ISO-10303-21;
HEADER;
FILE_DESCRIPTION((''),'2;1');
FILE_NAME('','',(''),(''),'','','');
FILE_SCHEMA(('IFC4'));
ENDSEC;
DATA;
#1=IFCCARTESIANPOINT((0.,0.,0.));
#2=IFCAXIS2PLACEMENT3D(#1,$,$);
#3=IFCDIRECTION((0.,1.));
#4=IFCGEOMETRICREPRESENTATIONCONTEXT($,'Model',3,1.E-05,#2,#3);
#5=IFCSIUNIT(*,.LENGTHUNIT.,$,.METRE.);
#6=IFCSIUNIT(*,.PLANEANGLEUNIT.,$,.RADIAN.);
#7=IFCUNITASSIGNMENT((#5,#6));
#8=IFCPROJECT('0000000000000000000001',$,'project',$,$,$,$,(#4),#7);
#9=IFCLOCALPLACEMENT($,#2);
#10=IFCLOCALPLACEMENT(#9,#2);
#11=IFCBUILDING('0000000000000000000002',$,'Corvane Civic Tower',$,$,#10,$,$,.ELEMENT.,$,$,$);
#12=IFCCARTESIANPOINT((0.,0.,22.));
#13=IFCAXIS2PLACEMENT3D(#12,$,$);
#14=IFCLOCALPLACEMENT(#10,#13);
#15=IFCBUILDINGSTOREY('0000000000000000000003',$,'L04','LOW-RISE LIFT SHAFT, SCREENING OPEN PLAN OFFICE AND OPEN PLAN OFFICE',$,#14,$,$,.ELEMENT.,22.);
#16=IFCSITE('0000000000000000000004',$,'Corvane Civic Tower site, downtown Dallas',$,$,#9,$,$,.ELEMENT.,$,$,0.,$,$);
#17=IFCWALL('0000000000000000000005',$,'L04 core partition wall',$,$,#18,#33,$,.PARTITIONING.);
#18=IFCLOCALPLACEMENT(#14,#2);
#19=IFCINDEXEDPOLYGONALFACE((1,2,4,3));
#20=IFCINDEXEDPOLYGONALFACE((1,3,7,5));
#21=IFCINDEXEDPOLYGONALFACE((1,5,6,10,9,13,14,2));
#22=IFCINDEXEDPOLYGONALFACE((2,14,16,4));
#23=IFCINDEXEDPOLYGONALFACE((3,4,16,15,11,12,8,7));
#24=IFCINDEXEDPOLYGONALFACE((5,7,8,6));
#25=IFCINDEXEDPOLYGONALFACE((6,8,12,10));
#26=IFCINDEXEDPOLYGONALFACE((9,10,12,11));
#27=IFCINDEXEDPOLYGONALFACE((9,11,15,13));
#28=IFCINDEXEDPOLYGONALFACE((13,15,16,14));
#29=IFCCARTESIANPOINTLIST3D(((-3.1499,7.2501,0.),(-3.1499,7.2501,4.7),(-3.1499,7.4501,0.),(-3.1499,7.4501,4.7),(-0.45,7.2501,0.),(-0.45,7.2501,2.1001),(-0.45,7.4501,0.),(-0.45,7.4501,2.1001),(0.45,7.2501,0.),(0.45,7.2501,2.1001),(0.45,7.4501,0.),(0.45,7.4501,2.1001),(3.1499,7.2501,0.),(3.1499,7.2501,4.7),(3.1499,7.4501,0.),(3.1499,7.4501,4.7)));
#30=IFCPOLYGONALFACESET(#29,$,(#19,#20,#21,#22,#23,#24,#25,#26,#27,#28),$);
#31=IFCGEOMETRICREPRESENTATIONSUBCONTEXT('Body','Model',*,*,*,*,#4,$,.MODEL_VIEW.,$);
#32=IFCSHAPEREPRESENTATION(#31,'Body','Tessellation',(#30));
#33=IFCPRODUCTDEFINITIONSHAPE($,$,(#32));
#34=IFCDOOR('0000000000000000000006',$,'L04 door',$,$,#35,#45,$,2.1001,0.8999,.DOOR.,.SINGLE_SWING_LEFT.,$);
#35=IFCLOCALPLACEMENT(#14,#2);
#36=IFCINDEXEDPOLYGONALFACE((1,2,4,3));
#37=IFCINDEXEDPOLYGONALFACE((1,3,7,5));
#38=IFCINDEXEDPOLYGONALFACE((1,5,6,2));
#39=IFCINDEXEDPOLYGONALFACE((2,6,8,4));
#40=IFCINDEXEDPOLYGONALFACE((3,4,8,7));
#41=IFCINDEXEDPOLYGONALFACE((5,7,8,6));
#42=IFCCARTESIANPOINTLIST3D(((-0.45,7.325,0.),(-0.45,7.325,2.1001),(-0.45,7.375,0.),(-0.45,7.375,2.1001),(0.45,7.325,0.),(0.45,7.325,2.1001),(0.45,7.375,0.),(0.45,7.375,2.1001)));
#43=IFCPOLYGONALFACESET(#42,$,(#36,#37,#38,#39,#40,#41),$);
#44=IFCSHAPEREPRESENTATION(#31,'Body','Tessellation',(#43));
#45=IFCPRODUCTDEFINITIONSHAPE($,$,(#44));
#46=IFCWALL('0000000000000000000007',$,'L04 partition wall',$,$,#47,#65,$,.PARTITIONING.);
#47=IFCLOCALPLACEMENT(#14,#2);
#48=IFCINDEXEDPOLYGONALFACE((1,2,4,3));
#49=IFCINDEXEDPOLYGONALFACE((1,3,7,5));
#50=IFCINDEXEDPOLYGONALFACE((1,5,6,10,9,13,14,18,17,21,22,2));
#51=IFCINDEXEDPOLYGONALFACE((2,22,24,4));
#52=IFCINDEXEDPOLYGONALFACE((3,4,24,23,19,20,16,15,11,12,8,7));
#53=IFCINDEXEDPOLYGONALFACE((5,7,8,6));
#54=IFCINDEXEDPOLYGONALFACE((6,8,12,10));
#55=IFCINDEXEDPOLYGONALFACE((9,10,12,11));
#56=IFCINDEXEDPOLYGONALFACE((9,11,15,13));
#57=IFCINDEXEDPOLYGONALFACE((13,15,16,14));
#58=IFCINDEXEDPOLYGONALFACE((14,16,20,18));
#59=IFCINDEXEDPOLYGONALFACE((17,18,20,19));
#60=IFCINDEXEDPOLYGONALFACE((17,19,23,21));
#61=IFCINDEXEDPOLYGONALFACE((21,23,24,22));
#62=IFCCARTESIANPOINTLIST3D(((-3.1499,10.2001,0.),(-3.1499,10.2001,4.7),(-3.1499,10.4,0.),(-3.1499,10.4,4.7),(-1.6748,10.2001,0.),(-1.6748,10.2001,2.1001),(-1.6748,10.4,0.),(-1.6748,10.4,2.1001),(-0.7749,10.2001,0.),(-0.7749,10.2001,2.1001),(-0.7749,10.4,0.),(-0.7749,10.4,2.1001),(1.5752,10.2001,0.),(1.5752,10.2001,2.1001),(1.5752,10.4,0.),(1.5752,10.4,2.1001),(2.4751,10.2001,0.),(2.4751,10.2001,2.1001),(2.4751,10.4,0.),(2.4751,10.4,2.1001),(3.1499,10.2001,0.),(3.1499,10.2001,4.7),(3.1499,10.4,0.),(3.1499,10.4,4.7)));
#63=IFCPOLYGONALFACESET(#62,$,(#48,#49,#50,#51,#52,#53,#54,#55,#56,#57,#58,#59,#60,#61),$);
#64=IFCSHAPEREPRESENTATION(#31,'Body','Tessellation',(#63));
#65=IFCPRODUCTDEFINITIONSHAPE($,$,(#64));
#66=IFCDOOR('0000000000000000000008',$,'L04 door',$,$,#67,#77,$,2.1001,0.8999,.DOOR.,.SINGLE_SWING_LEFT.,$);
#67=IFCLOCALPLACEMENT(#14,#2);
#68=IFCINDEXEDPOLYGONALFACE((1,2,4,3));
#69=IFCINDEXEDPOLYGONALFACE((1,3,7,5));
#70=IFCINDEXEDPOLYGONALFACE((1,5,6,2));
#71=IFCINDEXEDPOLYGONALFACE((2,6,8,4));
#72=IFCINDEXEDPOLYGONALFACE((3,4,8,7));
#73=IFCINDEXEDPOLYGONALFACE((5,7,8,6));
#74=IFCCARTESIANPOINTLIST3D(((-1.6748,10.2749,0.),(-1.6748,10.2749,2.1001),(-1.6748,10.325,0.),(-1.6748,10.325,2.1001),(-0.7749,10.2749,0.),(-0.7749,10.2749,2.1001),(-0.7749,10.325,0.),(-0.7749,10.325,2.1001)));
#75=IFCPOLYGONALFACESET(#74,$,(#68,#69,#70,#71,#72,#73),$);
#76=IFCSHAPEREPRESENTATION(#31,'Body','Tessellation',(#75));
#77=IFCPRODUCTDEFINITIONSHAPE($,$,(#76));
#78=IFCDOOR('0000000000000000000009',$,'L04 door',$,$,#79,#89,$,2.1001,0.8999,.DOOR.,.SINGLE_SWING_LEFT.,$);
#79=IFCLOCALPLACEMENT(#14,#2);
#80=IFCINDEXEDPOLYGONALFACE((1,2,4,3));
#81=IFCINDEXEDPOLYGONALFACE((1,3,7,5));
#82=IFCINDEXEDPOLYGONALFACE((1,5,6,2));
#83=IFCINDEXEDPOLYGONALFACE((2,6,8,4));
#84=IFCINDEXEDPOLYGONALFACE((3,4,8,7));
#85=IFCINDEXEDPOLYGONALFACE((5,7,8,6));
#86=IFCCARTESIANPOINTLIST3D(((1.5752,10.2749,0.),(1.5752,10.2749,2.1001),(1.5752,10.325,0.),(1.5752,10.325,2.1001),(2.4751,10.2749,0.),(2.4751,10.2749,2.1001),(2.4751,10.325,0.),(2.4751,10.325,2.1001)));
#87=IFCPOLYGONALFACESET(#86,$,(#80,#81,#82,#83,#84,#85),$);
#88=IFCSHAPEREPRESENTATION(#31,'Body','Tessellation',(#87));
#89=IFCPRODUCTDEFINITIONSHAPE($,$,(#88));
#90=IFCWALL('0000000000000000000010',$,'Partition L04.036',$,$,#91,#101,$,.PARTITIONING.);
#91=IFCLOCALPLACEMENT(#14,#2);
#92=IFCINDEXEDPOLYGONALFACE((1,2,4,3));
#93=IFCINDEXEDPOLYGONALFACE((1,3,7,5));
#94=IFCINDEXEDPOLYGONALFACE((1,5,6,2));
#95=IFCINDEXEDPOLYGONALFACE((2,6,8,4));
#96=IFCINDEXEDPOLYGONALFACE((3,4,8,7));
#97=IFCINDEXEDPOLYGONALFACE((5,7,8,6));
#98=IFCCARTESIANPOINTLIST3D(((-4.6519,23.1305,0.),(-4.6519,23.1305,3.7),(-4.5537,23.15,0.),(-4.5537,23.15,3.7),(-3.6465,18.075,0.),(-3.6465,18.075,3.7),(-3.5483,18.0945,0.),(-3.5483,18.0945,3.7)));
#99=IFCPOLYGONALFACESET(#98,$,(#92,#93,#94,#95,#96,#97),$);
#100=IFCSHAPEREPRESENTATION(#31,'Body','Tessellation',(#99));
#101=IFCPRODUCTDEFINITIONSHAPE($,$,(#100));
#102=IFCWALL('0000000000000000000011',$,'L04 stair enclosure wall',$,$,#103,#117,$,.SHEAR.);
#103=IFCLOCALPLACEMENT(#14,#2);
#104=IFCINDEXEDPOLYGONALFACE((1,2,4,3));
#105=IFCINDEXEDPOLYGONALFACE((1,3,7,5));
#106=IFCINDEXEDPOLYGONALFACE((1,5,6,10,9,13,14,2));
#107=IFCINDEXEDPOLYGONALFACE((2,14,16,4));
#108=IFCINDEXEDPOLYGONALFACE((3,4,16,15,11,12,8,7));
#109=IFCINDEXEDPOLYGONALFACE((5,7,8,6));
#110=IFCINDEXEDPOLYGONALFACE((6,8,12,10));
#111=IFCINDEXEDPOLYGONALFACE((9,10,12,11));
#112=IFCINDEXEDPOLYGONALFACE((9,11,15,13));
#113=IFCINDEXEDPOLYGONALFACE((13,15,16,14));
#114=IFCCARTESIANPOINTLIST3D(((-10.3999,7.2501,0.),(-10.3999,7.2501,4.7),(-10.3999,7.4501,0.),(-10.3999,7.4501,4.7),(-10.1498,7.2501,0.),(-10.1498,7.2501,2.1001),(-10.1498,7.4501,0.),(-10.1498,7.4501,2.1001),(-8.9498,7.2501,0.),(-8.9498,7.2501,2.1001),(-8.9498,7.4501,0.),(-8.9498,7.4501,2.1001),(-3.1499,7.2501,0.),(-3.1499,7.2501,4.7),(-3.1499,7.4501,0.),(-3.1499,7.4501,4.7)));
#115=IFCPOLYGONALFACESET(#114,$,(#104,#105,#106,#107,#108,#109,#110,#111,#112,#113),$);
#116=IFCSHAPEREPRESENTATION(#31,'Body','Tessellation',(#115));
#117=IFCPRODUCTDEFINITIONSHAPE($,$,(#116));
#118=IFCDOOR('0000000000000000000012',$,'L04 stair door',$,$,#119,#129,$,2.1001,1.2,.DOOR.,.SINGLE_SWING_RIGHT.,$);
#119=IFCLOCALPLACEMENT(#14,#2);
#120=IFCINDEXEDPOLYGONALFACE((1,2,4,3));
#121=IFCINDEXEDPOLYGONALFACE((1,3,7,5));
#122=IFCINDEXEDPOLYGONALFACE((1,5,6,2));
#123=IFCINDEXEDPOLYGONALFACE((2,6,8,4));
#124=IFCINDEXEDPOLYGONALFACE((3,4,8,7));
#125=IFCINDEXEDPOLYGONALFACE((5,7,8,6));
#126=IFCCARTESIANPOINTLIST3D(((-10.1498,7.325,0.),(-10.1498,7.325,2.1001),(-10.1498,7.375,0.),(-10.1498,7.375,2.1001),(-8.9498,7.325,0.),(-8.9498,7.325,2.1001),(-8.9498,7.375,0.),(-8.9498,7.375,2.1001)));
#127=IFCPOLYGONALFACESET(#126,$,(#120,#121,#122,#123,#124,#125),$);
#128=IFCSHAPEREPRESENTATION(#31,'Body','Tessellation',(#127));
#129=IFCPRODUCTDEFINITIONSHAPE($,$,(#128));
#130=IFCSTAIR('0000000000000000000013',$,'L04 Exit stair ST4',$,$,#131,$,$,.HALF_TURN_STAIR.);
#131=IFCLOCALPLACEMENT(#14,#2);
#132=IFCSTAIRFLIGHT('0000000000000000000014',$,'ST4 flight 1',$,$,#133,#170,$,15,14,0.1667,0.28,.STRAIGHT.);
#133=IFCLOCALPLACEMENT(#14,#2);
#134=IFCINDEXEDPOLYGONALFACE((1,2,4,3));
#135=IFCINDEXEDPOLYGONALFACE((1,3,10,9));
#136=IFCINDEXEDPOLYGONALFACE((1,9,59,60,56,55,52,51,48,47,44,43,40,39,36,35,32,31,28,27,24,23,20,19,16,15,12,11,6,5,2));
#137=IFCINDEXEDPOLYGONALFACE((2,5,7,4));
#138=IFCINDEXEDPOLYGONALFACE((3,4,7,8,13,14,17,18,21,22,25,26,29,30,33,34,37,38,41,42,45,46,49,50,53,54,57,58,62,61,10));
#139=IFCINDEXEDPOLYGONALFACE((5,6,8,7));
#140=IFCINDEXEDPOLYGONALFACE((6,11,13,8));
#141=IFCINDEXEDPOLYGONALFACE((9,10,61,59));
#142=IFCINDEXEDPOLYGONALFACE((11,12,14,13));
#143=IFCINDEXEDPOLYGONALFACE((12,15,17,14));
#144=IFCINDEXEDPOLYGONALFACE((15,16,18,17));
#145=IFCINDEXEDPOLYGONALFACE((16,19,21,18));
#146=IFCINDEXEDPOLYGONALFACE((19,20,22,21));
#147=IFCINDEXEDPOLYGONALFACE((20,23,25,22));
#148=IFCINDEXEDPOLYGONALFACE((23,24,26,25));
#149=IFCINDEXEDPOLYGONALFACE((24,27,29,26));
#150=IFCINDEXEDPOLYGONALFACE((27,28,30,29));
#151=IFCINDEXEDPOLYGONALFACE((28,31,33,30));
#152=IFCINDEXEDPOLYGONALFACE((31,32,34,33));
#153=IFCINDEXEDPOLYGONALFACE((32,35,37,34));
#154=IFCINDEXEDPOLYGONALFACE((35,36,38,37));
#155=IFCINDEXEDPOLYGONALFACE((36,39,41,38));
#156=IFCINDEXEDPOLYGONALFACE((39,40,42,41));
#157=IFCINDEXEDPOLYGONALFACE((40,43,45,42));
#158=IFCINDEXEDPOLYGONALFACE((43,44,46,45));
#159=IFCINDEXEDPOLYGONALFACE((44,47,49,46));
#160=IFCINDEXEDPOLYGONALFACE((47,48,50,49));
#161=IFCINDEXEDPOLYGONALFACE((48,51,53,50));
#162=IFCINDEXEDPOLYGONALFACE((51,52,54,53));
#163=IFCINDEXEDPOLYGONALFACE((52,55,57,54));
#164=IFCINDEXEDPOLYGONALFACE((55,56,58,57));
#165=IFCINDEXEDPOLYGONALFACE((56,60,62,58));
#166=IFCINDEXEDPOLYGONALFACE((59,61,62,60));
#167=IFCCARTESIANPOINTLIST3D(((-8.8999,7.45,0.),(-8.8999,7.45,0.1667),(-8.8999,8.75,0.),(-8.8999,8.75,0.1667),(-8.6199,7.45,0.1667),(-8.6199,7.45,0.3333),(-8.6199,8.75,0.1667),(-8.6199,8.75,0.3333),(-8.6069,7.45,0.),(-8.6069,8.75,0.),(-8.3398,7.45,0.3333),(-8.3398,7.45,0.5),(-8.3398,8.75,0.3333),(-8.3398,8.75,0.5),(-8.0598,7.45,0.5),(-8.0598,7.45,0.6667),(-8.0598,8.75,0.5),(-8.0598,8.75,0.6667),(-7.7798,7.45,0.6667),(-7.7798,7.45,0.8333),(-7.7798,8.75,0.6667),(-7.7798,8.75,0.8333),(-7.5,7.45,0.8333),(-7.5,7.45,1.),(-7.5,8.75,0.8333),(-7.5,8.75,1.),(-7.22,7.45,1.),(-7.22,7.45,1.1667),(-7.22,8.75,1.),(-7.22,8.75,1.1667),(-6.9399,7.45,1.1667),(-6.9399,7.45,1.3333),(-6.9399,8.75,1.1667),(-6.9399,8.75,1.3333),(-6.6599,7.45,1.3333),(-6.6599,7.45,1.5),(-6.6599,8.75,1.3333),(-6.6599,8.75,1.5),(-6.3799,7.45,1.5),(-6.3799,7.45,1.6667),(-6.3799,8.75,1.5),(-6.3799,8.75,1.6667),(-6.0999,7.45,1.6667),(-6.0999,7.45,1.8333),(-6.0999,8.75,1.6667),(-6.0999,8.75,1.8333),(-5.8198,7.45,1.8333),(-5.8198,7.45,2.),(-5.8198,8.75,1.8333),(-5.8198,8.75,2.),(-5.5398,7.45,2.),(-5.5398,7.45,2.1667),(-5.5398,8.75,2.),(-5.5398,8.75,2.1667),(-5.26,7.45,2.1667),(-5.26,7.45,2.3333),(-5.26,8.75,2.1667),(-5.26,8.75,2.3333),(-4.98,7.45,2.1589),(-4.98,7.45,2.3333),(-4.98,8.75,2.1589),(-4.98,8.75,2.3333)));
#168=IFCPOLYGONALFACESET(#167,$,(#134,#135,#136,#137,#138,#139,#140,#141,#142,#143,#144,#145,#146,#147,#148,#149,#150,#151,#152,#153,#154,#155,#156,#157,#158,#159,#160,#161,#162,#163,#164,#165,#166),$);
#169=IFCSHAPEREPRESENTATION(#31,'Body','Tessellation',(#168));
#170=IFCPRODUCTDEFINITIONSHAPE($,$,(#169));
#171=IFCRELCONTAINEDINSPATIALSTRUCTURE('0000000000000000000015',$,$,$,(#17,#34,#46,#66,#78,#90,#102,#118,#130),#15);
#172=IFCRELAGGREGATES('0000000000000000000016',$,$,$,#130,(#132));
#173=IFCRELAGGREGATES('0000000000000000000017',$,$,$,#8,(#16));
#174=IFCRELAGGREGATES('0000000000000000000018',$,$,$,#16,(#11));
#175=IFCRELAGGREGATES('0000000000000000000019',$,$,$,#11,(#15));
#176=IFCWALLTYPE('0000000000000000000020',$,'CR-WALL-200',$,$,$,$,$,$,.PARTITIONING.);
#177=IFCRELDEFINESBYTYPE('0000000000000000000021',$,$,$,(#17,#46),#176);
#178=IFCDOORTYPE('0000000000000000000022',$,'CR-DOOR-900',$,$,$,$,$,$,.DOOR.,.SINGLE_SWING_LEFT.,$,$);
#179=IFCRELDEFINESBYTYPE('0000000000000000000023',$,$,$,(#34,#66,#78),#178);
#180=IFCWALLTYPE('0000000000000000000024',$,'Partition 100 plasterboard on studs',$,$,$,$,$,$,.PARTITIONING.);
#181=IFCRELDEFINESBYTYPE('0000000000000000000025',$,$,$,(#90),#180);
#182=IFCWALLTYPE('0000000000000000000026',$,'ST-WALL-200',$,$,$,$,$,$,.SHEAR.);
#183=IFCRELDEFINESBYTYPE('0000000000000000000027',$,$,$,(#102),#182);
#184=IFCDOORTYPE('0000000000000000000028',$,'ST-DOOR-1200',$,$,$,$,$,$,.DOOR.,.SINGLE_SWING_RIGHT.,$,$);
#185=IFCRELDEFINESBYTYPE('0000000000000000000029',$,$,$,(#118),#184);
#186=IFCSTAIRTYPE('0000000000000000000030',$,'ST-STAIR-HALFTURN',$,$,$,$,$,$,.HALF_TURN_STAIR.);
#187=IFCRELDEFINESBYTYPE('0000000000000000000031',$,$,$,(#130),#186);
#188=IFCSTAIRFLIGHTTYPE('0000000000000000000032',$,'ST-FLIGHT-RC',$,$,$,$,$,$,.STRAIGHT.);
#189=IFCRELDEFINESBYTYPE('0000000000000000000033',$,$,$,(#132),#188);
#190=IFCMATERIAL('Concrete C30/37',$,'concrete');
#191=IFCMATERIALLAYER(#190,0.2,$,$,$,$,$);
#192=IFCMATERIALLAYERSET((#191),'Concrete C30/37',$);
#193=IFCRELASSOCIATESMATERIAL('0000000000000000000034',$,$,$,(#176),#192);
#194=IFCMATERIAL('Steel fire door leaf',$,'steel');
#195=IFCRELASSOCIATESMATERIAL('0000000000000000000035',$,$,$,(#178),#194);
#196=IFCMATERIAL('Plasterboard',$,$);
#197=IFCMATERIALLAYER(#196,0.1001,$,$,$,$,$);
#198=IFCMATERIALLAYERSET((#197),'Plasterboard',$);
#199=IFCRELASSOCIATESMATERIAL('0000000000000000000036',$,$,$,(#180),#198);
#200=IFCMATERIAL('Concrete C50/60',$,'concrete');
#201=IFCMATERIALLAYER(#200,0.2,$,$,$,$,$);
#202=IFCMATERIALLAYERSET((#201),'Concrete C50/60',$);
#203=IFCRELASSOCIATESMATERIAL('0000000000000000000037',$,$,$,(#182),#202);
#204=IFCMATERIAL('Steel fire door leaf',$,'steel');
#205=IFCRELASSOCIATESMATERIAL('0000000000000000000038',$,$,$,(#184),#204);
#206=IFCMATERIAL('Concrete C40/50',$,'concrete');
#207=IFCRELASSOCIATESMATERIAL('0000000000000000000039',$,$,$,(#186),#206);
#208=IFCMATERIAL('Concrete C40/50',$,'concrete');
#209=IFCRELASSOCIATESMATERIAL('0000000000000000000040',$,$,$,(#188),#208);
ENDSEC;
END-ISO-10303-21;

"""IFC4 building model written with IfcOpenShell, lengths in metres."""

from ifc_helpers import new_model, si_unit, direction, frame, frame_2d, origin, place, context, subcontext, project, spatial, polyline, rectangle, outline, extrude, material, layer, layer_set, type_object, element, fill, aggregate, save


model = new_model("IFC4")

# Units and contexts
model_context = context("Model", 3, precision=1e-05, world=origin(), true_north=direction((0.0, 1.0)))
body_context = subcontext(model_context, "Body", "Model", "MODEL_VIEW")
ifc_project = project(units=[si_unit("LENGTHUNIT", "METRE"), si_unit("PLANEANGLEUNIT", "RADIAN")], contexts=[model_context])

# Site, building, storey
site_placement = place(None, origin())
site = spatial("IfcSite", under=ifc_project, at=site_placement, Name="Corvane Civic Tower site, downtown Dallas", CompositionType="ELEMENT", RefElevation=0.0)
building_placement = place(site_placement, origin())
building = spatial("IfcBuilding", under=site, at=building_placement, Name="Corvane Civic Tower", CompositionType="ELEMENT")
storey_placement = place(building_placement, frame((0.0, 0.0, 22.0)))
storey = spatial("IfcBuildingStorey", under=building, at=storey_placement, Name="L04", Description="LOW-RISE LIFT SHAFT, SCREENING OPEN PLAN OFFICE AND OPEN PLAN OFFICE", CompositionType="ELEMENT", Elevation=22.0)

# Shared definitions
ifc_material_1 = material(Name="Concrete C30/37", Category="concrete")
ifc_layer_1 = layer(ifc_material_1, 0.2)
ifc_layer_set_1 = layer_set([ifc_layer_1], Name="Concrete C30/37")
wall_type_1 = type_object("IfcWallType", Name="CR-WALL-200", PredefinedType="PARTITIONING", material=ifc_layer_set_1)

# Wall, opening, door
ifc_material_2 = material(Name="Steel fire door leaf", Category="steel")
door_type_1 = type_object("IfcDoorType", Name="CR-DOOR-900", OperationType="SINGLE_SWING_LEFT", PredefinedType="DOOR", material=ifc_material_2)
wall_1_placement = place(storey_placement, frame((-3.1499, 7.3501, 0.0), z_axis=(0.0, 0.0, 1.0), x_axis=(1.0, 0.0, 0.0)))
wall_1 = element("IfcWall", 1, at=wall_1_placement, inside=storey, type_object=wall_type_1, Name="L04 core partition wall", PredefinedType="PARTITIONING", context=body_context, shape_type="SweptSolid", body=[
    extrude(rectangle(XDim=6.2998, YDim=0.2, at=frame_2d((3.1499, 0.0))), origin(), (0.0, 0.0, 1.0), 4.7),
])
opening_1_placement = place(wall_1_placement, frame((2.7, 0.0, 0.0)))
opening_1 = element("IfcOpeningElement", 2, at=opening_1_placement, cuts=wall_1, PredefinedType="OPENING", context=body_context, shape_type="SweptSolid", body=[
    extrude(rectangle(XDim=0.8999, YDim=2.1001, at=frame_2d((0.45, 1.05))), frame((0.0, 0.1099, 0.0), z_axis=(0.0, -1.0, 0.0), x_axis=(1.0, 0.0, 0.0)), (0.0, 0.0, 1.0), 0.22),
])
door_1_placement = place(opening_1_placement, origin())
door_1 = element("IfcDoor", 3, at=door_1_placement, inside=storey, type_object=door_type_1, Name="L04 door", OperationType="SINGLE_SWING_LEFT", OverallHeight=2.1001, OverallWidth=0.8999, PredefinedType="DOOR", context=body_context, shape_type="SweptSolid", body=[
    extrude(rectangle(XDim=0.8999, YDim=2.1001, at=frame_2d((0.45, 1.05))), frame((0.0, 0.0249, 0.0), z_axis=(0.0, -1.0, 0.0), x_axis=(1.0, 0.0, 0.0)), (0.0, 0.0, 1.0), 0.05),
])
fill(opening_1, door_1)

# Wall, openings, doors
wall_2_placement = place(storey_placement, frame((-3.1499, 10.3, 0.0), z_axis=(0.0, 0.0, 1.0), x_axis=(1.0, 0.0, 0.0)))
wall_2 = element("IfcWall", 4, at=wall_2_placement, inside=storey, type_object=wall_type_1, Name="L04 partition wall", PredefinedType="PARTITIONING", context=body_context, shape_type="SweptSolid", body=[
    extrude(rectangle(XDim=6.2998, YDim=0.2, at=frame_2d((3.1499, 0.0))), origin(), (0.0, 0.0, 1.0), 4.7),
])
opening_2_placement = place(wall_2_placement, frame((1.4751, 0.0, 0.0)))
opening_2 = element("IfcOpeningElement", 5, at=opening_2_placement, cuts=wall_2, PredefinedType="OPENING", context=body_context, shape_type="SweptSolid", body=[
    extrude(rectangle(XDim=0.8999, YDim=2.1001, at=frame_2d((0.45, 1.05))), frame((0.0, 0.1099, 0.0), z_axis=(0.0, -1.0, 0.0), x_axis=(1.0, 0.0, 0.0)), (0.0, 0.0, 1.0), 0.22),
])
opening_3_placement = place(wall_2_placement, frame((4.7251, 0.0, 0.0)))
opening_3 = element("IfcOpeningElement", 6, at=opening_3_placement, cuts=wall_2, PredefinedType="OPENING", context=body_context, shape_type="SweptSolid", body=[
    extrude(rectangle(XDim=0.8999, YDim=2.1001, at=frame_2d((0.45, 1.05))), frame((0.0, 0.1099, 0.0), z_axis=(0.0, -1.0, 0.0), x_axis=(1.0, 0.0, 0.0)), (0.0, 0.0, 1.0), 0.22),
])
door_2_placement = place(opening_2_placement, origin())
door_2 = element("IfcDoor", 7, at=door_2_placement, inside=storey, type_object=door_type_1, Name="L04 door", OperationType="SINGLE_SWING_LEFT", OverallHeight=2.1001, OverallWidth=0.8999, PredefinedType="DOOR", context=body_context, shape_type="SweptSolid", body=[
    extrude(rectangle(XDim=0.8999, YDim=2.1001, at=frame_2d((0.45, 1.05))), frame((0.0, 0.0249, 0.0), z_axis=(0.0, -1.0, 0.0), x_axis=(1.0, 0.0, 0.0)), (0.0, 0.0, 1.0), 0.05),
])
fill(opening_2, door_2)
door_3_placement = place(opening_3_placement, origin())
door_3 = element("IfcDoor", 8, at=door_3_placement, inside=storey, type_object=door_type_1, Name="L04 door", OperationType="SINGLE_SWING_LEFT", OverallHeight=2.1001, OverallWidth=0.8999, PredefinedType="DOOR", context=body_context, shape_type="SweptSolid", body=[
    extrude(rectangle(XDim=0.8999, YDim=2.1001, at=frame_2d((0.45, 1.05))), frame((0.0, 0.0249, 0.0), z_axis=(0.0, -1.0, 0.0), x_axis=(1.0, 0.0, 0.0)), (0.0, 0.0, 1.0), 0.05),
])
fill(opening_3, door_3)

# Wall
ifc_material_3 = material(Name="Plasterboard")
ifc_layer_2 = layer(ifc_material_3, 0.1001)
ifc_layer_set_2 = layer_set([ifc_layer_2], Name="Plasterboard")
wall_type_2 = type_object("IfcWallType", Name="Partition 100 plasterboard on studs", PredefinedType="PARTITIONING", material=ifc_layer_set_2)
wall_3_placement = place(storey_placement, frame((-4.6028, 23.1401, 0.0), z_axis=(0.0, 0.0, 1.0), x_axis=(0.19505, -0.980793, 0.0)))
element("IfcWall", 9, at=wall_3_placement, inside=storey, type_object=wall_type_2, Name="Partition L04.036", PredefinedType="PARTITIONING", context=body_context, shape_type="SweptSolid", body=[
    extrude(rectangle(XDim=5.1545, YDim=0.1001, at=frame_2d((2.5771, 0.0))), origin(), (0.0, 0.0, 1.0), 3.7),
])

# Wall, opening, door
ifc_material_4 = material(Name="Concrete C50/60", Category="concrete")
ifc_layer_3 = layer(ifc_material_4, 0.2)
ifc_layer_set_3 = layer_set([ifc_layer_3], Name="Concrete C50/60")
wall_type_3 = type_object("IfcWallType", Name="ST-WALL-200", PredefinedType="SHEAR", material=ifc_layer_set_3)
wall_4_placement = place(storey_placement, frame((-10.3999, 7.3501, 0.0), z_axis=(0.0, 0.0, 1.0), x_axis=(1.0, 0.0, 0.0)))
wall_4 = element("IfcWall", 10, at=wall_4_placement, inside=storey, type_object=wall_type_3, Name="L04 stair enclosure wall", PredefinedType="SHEAR", context=body_context, shape_type="SweptSolid", body=[
    extrude(rectangle(XDim=7.25, YDim=0.2, at=frame_2d((3.625, 0.0))), origin(), (0.0, 0.0, 1.0), 4.7),
])
opening_4_placement = place(wall_4_placement, frame((0.25, 0.0, 0.0)))
opening_4 = element("IfcOpeningElement", 11, at=opening_4_placement, cuts=wall_4, PredefinedType="OPENING", context=body_context, shape_type="SweptSolid", body=[
    extrude(rectangle(XDim=1.2, YDim=2.1001, at=frame_2d((0.6001, 1.05))), frame((0.0, 0.1099, 0.0), z_axis=(0.0, -1.0, 0.0), x_axis=(1.0, 0.0, 0.0)), (0.0, 0.0, 1.0), 0.22),
])
ifc_material_5 = material(Name="Steel fire door leaf", Category="steel")
door_type_2 = type_object("IfcDoorType", Name="ST-DOOR-1200", OperationType="SINGLE_SWING_RIGHT", PredefinedType="DOOR", material=ifc_material_5)
door_4_placement = place(opening_4_placement, origin())
door_4 = element("IfcDoor", 12, at=door_4_placement, inside=storey, type_object=door_type_2, Name="L04 stair door", OperationType="SINGLE_SWING_RIGHT", OverallHeight=2.1001, OverallWidth=1.2, PredefinedType="DOOR", context=body_context, shape_type="SweptSolid", body=[
    extrude(rectangle(XDim=1.2, YDim=2.1001, at=frame_2d((0.6001, 1.05))), frame((0.0, 0.0249, 0.0), z_axis=(0.0, -1.0, 0.0), x_axis=(1.0, 0.0, 0.0)), (0.0, 0.0, 1.0), 0.05),
])
fill(opening_4, door_4)

# Stair, stair flight
ifc_material_6 = material(Name="Concrete C40/50", Category="concrete")
stair_type = type_object("IfcStairType", Name="ST-STAIR-HALFTURN", PredefinedType="HALF_TURN_STAIR", material=ifc_material_6)
stair_placement = place(storey_placement, origin())
stair = element("IfcStair", 13, at=stair_placement, inside=storey, type_object=stair_type, Name="L04 Exit stair ST4", PredefinedType="HALF_TURN_STAIR")
ifc_material_7 = material(Name="Concrete C40/50", Category="concrete")
stair_flight_type = type_object("IfcStairFlightType", Name="ST-FLIGHT-RC", PredefinedType="STRAIGHT", material=ifc_material_7)
stair_flight_1_placement = place(storey_placement, frame((-8.8999, 8.1001, 0.0), z_axis=(0.0, 0.0, 1.0), x_axis=(1.0, 0.0, 0.0)))
stair_flight_1 = element("IfcStairFlight", 14, at=stair_flight_1_placement, type_object=stair_flight_type, Name="ST4 flight 1", NumberOfRisers=15, NumberOfTreads=14, PredefinedType="STRAIGHT", RiserHeight=0.1667, TreadLength=0.28, context=body_context, shape_type="SweptSolid", body=[
    extrude(outline(polyline([(0.0, 0.0), (0.0, 0.1667), (0.28, 0.1667), (0.28, 0.3333), (0.5601, 0.3333), (0.5601, 0.5), (0.8401, 0.5), (0.8401, 0.6667), (1.1201, 0.6667), (1.1201, 0.8333), (1.3999, 0.8333), (1.3999, 1.0), (1.6799, 1.0), (1.6799, 1.1667), (1.96, 1.1667), (1.96, 1.3333), (2.24, 1.3333), (2.24, 1.5), (2.52, 1.5), (2.52, 1.6667), (2.8, 1.6667), (2.8, 1.8333), (3.0801, 1.8333), (3.0801, 2.0), (3.3601, 2.0), (3.3601, 2.1667), (3.6399, 2.1667), (3.6399, 2.3333), (3.9199, 2.3333), (3.9199, 2.5), (3.9199, 2.1589), (0.293, 0.0), (0.0, 0.0)])), frame((0.0, 0.6499, 0.0), z_axis=(0.0, -1.0, 0.0), x_axis=(1.0, 0.0, 0.0)), (0.0, 0.0, 1.0), 1.3),
])
aggregate(stair, [stair_flight_1])

save(model, "model.ifc")
